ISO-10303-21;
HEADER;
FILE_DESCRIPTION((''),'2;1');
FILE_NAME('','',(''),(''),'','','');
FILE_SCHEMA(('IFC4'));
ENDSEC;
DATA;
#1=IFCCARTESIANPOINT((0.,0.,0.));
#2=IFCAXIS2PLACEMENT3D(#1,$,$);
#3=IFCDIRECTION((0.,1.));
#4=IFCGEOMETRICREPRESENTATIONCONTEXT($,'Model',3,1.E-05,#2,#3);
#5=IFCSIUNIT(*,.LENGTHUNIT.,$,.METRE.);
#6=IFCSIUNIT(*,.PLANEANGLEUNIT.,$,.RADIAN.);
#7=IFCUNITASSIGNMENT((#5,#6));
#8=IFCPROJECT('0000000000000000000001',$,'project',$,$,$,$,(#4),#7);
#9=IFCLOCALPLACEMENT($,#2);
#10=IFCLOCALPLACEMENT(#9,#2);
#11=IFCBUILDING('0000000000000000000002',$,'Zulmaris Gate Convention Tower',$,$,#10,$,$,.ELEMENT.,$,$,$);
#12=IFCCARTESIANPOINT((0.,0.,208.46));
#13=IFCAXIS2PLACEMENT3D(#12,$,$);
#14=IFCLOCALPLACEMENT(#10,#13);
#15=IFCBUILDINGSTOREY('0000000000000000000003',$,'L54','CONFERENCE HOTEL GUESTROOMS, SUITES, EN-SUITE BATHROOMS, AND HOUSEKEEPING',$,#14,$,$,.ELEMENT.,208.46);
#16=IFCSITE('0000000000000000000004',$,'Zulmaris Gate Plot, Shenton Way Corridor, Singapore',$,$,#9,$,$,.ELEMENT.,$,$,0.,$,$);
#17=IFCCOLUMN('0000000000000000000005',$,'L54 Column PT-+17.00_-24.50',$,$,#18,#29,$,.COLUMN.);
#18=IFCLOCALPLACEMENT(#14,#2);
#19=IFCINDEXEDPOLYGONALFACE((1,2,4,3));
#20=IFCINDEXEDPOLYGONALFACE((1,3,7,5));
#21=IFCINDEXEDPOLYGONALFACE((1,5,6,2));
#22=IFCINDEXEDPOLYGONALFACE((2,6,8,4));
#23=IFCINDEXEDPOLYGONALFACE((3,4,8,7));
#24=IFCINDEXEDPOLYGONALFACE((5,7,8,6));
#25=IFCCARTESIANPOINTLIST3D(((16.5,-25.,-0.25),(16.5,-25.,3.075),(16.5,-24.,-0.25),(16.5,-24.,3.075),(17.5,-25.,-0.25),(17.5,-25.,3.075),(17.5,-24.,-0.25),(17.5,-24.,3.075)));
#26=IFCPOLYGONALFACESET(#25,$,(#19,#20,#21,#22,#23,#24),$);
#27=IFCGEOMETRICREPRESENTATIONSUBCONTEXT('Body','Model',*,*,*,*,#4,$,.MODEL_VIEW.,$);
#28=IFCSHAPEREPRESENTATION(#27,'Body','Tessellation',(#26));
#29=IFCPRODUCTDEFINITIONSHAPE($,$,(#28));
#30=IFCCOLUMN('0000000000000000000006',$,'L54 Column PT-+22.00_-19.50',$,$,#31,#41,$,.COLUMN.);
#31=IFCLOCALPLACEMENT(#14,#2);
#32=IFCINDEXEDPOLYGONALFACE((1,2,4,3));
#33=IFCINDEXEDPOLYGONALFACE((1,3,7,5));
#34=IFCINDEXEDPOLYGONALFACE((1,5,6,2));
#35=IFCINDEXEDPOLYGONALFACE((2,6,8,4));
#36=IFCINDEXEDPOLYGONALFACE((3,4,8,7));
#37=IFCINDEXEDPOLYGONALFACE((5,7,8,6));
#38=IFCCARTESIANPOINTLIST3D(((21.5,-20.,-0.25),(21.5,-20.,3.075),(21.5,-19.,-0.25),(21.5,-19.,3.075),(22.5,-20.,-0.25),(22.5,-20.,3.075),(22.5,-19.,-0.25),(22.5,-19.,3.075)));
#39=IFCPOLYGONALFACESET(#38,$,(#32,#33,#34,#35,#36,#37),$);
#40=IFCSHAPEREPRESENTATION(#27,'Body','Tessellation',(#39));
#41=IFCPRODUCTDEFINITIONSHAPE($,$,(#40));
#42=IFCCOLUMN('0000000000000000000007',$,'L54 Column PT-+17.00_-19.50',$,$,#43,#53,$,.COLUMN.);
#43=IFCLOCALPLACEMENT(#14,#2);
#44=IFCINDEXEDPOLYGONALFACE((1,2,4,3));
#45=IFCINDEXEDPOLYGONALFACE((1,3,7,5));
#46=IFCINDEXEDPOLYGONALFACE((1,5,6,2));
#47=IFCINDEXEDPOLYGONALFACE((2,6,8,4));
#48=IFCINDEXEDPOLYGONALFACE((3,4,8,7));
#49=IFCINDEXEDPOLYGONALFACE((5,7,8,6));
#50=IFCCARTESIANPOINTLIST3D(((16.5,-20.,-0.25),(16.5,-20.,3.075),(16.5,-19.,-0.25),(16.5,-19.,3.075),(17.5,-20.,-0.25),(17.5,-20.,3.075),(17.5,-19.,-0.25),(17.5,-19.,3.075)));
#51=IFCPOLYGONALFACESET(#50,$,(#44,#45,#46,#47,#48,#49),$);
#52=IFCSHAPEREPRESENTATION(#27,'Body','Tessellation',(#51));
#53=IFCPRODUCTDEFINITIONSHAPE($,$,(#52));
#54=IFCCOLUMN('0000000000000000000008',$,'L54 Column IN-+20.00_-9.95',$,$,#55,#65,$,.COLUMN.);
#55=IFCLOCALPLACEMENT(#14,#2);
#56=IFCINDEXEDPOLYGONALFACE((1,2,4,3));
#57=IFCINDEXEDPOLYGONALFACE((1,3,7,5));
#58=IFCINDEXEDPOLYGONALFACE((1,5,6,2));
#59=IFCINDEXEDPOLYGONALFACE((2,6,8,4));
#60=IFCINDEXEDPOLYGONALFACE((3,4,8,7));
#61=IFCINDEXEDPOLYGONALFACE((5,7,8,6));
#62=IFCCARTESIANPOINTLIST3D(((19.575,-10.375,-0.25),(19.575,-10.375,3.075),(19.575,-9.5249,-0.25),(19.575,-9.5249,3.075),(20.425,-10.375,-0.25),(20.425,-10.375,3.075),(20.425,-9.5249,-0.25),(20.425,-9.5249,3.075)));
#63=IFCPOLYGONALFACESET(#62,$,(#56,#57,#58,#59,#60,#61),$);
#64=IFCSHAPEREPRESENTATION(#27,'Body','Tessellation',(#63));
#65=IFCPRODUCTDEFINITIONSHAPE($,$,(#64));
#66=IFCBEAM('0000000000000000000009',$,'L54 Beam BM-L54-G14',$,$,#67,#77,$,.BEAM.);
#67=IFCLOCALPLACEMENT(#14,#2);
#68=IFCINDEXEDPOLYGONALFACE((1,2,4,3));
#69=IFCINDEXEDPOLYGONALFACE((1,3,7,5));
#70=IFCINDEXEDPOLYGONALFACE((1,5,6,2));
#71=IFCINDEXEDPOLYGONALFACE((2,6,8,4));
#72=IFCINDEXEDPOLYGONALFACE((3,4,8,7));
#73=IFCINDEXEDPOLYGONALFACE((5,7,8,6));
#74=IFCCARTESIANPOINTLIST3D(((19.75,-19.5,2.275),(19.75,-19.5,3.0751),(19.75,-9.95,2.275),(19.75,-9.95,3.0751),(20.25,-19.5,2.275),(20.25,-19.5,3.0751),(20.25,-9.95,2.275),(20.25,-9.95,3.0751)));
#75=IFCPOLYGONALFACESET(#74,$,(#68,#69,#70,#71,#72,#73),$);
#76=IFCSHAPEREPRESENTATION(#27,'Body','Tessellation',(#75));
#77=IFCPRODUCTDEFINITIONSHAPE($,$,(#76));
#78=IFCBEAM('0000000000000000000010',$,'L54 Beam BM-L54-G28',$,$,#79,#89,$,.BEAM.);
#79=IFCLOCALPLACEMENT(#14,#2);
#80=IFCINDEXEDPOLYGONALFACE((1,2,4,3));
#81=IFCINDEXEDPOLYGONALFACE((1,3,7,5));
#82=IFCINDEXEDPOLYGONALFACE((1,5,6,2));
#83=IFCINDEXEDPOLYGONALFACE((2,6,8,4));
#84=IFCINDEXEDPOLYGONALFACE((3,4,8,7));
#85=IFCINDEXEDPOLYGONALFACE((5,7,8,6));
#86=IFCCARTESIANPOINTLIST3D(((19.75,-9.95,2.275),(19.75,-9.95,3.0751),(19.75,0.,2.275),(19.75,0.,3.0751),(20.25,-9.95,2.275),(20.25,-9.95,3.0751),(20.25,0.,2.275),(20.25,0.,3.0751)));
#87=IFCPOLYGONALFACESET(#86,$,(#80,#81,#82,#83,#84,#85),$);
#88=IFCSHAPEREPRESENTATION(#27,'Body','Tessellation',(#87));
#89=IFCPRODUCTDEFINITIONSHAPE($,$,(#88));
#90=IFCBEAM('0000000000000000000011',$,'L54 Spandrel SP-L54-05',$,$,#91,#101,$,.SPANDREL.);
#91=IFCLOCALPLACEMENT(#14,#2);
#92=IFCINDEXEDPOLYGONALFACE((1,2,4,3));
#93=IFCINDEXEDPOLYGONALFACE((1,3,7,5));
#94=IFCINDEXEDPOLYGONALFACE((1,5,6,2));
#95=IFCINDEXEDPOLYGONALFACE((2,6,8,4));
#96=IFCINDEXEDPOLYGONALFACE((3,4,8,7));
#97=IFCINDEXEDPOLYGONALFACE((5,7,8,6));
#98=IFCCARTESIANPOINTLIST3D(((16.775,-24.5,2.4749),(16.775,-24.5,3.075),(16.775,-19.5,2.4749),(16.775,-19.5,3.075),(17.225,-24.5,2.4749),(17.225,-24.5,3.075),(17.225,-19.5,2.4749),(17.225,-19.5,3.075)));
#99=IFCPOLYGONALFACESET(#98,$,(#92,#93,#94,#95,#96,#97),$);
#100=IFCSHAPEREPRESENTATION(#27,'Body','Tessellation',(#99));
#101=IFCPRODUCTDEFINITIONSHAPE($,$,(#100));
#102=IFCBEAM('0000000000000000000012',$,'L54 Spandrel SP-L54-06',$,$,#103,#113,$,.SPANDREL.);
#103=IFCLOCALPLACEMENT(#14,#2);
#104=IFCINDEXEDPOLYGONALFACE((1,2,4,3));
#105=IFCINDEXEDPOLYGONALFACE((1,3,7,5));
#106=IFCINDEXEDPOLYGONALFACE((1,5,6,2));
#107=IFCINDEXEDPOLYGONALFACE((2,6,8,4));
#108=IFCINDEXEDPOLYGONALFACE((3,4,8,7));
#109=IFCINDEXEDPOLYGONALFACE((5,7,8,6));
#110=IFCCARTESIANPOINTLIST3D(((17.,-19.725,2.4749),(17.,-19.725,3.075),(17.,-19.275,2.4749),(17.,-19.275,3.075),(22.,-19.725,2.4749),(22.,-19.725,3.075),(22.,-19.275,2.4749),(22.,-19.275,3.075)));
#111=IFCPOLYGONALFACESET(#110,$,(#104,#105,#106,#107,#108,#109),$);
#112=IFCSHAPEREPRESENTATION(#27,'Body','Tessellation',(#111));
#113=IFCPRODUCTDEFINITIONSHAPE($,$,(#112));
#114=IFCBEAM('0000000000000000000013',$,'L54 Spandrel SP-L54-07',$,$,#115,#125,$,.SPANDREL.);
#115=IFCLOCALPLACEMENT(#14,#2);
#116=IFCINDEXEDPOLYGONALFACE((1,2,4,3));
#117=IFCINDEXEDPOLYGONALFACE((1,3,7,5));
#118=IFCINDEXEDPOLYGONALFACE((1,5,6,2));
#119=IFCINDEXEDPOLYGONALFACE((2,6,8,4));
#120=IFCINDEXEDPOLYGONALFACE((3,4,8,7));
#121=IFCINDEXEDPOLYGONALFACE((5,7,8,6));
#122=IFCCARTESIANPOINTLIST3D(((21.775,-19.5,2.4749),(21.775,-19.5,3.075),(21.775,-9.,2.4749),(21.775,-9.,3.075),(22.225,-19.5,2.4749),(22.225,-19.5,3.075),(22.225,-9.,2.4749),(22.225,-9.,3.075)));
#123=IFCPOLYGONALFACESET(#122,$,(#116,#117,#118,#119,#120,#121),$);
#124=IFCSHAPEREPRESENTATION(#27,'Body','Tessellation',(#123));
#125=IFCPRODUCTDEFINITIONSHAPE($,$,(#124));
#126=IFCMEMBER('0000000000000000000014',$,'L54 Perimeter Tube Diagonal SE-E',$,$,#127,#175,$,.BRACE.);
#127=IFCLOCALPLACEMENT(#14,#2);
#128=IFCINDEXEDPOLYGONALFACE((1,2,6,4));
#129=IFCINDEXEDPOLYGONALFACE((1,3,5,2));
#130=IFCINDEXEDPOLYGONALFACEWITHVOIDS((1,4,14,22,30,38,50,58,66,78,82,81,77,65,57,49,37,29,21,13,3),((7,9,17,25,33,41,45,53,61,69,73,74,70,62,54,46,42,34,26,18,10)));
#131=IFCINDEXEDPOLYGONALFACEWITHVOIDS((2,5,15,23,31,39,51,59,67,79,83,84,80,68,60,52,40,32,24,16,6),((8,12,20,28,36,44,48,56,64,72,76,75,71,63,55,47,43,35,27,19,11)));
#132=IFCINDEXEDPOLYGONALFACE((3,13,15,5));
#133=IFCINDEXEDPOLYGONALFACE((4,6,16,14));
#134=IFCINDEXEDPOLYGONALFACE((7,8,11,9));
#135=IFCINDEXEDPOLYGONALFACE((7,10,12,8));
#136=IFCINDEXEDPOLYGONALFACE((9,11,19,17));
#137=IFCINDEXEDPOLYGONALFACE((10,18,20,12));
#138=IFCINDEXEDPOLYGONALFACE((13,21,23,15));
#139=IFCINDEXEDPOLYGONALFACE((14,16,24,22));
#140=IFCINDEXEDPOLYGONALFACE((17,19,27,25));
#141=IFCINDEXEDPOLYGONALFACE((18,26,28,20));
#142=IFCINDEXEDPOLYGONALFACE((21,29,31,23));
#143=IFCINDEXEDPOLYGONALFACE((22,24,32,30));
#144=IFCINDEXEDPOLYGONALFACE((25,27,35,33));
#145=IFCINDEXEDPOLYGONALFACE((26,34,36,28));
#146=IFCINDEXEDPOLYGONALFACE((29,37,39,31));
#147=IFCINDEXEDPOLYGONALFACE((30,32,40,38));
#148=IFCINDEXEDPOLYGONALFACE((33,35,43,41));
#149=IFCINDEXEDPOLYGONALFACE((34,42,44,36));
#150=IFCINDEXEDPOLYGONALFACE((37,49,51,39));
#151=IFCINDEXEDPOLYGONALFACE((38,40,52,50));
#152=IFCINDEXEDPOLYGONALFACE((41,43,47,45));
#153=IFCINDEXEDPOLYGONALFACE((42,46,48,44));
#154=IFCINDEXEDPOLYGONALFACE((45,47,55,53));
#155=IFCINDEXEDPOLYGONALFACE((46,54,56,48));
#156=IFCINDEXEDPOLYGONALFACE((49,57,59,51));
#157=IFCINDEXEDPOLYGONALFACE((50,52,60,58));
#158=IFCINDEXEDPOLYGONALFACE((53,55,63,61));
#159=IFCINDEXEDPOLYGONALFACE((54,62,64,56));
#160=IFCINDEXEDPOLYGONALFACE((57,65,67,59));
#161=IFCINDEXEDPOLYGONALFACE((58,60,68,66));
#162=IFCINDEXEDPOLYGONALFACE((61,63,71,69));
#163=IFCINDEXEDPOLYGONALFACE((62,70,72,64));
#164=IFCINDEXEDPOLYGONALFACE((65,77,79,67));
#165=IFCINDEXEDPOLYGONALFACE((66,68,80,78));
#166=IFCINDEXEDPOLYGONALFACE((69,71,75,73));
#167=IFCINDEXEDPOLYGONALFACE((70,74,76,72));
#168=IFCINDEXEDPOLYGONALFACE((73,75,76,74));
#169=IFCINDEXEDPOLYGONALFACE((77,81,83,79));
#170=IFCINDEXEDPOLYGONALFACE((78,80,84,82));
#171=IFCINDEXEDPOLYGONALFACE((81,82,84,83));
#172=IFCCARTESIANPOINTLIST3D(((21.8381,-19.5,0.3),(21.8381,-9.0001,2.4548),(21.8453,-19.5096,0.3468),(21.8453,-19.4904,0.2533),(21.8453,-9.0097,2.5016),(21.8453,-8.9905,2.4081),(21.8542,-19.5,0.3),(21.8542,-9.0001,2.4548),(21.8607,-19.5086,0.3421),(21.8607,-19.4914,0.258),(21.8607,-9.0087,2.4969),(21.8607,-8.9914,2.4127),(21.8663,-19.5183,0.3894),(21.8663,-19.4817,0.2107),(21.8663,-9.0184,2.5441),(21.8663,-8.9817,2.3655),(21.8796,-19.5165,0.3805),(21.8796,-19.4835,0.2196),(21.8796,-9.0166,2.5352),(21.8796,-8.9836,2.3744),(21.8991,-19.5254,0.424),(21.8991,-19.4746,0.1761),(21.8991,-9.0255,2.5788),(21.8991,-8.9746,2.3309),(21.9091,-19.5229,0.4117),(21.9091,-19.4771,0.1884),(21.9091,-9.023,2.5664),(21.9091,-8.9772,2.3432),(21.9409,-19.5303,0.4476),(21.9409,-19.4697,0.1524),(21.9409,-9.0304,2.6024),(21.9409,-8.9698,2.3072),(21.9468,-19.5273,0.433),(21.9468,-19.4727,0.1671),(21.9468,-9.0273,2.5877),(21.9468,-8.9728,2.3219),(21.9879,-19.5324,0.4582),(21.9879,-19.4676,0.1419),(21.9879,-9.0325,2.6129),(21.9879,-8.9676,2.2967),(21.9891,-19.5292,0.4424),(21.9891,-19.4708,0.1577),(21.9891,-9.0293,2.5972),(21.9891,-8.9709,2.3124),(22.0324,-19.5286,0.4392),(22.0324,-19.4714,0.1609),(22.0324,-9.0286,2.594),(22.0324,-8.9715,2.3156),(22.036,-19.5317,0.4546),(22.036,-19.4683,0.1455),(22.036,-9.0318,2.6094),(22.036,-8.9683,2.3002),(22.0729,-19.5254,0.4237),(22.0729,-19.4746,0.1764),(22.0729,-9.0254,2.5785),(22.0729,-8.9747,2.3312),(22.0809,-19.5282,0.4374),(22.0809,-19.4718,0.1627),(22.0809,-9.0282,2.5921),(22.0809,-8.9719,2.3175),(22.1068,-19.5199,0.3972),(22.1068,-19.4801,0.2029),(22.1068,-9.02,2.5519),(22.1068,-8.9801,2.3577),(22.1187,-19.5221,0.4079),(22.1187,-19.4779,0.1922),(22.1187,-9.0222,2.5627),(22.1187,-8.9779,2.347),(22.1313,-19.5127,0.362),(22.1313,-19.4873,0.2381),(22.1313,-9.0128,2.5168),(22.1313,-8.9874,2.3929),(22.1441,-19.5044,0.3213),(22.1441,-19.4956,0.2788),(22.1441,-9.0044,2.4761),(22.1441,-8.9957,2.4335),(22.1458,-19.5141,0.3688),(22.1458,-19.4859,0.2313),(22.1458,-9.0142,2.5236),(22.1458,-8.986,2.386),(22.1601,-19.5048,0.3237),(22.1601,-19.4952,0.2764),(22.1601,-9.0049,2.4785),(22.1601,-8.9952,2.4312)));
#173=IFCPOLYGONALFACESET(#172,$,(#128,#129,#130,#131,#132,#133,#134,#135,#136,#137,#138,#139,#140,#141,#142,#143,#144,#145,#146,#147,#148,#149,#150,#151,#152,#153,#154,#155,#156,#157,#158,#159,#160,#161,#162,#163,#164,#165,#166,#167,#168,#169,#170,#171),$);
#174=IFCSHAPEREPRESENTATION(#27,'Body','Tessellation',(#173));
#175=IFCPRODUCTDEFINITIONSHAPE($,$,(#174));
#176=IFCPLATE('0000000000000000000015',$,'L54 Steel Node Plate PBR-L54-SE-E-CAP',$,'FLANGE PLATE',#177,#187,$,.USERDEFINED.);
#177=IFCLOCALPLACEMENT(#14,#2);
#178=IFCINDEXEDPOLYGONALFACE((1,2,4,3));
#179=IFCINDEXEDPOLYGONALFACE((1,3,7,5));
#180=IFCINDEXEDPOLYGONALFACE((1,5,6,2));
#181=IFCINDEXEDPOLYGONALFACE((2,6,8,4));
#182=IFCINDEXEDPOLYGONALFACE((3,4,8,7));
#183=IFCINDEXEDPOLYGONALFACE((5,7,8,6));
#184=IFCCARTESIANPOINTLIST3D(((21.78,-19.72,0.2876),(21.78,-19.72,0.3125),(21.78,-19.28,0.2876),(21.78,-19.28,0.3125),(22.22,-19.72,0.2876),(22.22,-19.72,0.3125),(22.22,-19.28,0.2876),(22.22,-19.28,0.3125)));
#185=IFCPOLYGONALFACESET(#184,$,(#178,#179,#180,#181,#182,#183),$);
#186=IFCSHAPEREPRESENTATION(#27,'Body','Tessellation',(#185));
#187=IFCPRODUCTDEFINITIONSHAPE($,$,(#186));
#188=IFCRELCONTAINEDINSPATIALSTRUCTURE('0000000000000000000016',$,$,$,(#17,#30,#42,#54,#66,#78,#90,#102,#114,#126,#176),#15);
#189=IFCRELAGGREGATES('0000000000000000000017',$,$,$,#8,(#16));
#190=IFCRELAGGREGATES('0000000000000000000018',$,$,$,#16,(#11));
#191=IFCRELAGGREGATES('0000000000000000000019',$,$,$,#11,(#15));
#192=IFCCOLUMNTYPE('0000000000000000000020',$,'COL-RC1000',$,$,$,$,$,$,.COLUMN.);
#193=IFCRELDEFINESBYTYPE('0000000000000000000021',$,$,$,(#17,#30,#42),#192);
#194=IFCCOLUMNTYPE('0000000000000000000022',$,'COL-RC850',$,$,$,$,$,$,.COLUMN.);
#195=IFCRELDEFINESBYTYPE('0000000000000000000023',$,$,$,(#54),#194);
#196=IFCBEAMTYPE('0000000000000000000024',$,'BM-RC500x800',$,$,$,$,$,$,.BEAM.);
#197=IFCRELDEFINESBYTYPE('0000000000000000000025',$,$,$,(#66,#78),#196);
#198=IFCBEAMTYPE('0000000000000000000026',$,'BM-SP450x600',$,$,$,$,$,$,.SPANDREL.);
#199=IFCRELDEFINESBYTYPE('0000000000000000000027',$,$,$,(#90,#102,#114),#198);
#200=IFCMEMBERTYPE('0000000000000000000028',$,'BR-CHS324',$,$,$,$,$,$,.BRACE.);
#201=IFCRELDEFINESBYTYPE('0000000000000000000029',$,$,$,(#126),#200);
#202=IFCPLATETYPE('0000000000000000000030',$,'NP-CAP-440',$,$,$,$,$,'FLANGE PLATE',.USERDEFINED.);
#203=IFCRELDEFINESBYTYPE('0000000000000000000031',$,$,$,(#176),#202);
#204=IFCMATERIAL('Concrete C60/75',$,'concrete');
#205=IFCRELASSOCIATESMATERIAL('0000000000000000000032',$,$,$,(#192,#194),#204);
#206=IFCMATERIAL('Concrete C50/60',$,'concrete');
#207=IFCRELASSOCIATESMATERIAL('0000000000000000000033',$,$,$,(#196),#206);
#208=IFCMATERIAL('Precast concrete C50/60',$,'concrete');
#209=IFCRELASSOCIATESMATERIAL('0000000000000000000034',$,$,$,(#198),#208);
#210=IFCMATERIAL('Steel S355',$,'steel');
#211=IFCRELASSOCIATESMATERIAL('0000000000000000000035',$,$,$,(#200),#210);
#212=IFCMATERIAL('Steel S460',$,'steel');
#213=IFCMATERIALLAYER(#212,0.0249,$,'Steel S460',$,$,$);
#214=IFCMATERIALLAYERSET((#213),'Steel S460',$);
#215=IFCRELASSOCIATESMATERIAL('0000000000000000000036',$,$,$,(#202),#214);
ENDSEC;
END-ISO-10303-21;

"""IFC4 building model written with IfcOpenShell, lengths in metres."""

from ifc_helpers import new_model, si_unit, direction, frame, origin, origin_2d, place, context, subcontext, project, spatial, rectangle, hollow_circle, extrude, material, layer, layer_set, material_profile, profile_set, type_object, element, save


model = new_model("IFC4")

# Units and contexts
model_context = context("Model", 3, precision=1e-05, world=origin(), true_north=direction((0.0, 1.0)))
body_context = subcontext(model_context, "Body", "Model", "MODEL_VIEW")
ifc_project = project(units=[si_unit("LENGTHUNIT", "METRE"), si_unit("PLANEANGLEUNIT", "RADIAN")], contexts=[model_context])

# Site, building, storey
site_placement = place(None, origin())
site = spatial("IfcSite", under=ifc_project, at=site_placement, Name="Zulmaris Gate Plot, Shenton Way Corridor, Singapore", CompositionType="ELEMENT", RefElevation=0.0)
building_placement = place(site_placement, origin())
building = spatial("IfcBuilding", under=site, at=building_placement, Name="Zulmaris Gate Convention Tower", CompositionType="ELEMENT")
storey_placement = place(building_placement, frame((0.0, 0.0, 208.46)))
storey = spatial("IfcBuildingStorey", under=building, at=storey_placement, Name="L54", Description="CONFERENCE HOTEL GUESTROOMS, SUITES, EN-SUITE BATHROOMS, AND HOUSEKEEPING", CompositionType="ELEMENT", Elevation=208.46)

# Columns
ifc_material_1 = material(Name="Concrete C60/75", Category="concrete")
ifc_material_profile_1 = material_profile(ifc_material_1, rectangle(XDim=1.0, YDim=1.0, at=origin_2d()), Name="RC COL 1000x1000")
ifc_profile_set_1 = profile_set([ifc_material_profile_1], Name="Concrete C60/75")
column_type_1 = type_object("IfcColumnType", Name="COL-RC1000", PredefinedType="COLUMN", material=ifc_profile_set_1)
for number, where, z_axis, x_axis, name in (
    (1, (17.0, -24.5, -0.25), (0.0, 0.0, 1.0), (1.0, 0.0, 0.0), "L54 Column PT-+17.00_-24.50"),
    (2, (22.0, -19.5, -0.25), (0.0, 0.0, 1.0), (1.0, 0.0, 0.0), "L54 Column PT-+22.00_-19.50"),
    (3, (17.0, -19.5, -0.25), (0.0, 0.0, 1.0), (1.0, 0.0, 0.0), "L54 Column PT-+17.00_-19.50"),
):
    element("IfcColumn", number, at=place(storey_placement, frame(where, z_axis=z_axis, x_axis=x_axis)), inside=storey, type_object=column_type_1, Name=name, PredefinedType="COLUMN", context=body_context, shape_type="SweptSolid", body=[
        extrude(rectangle(XDim=1.0, YDim=1.0, at=origin_2d()), origin(), (0.0, 0.0, 1.0), 3.325),
    ])
ifc_material_profile_2 = material_profile(ifc_material_1, rectangle(XDim=0.8501, YDim=0.8501, at=origin_2d()), Name="RC COL 850x850")
ifc_profile_set_2 = profile_set([ifc_material_profile_2], Name="Concrete C60/75")
column_type_2 = type_object("IfcColumnType", Name="COL-RC850", PredefinedType="COLUMN", material=ifc_profile_set_2)
column_placement = place(storey_placement, frame((20.0, -9.95, -0.25), z_axis=(0.0, 0.0, 1.0), x_axis=(1.0, 0.0, 0.0)))
element("IfcColumn", 4, at=column_placement, inside=storey, type_object=column_type_2, Name="L54 Column IN-+20.00_-9.95", PredefinedType="COLUMN", context=body_context, shape_type="SweptSolid", body=[
    extrude(rectangle(XDim=0.8501, YDim=0.8501, at=origin_2d()), origin(), (0.0, 0.0, 1.0), 3.325),
])

# Beams
ifc_material_2 = material(Name="Concrete C50/60", Category="concrete")
ifc_material_profile_3 = material_profile(ifc_material_2, rectangle(XDim=0.5, YDim=0.8, at=origin_2d()), Name="RC BEAM 500x800")
ifc_profile_set_3 = profile_set([ifc_material_profile_3], Name="Concrete C50/60")
beam_type_1 = type_object("IfcBeamType", Name="BM-RC500x800", PredefinedType="BEAM", material=ifc_profile_set_3)
beam_1_placement = place(storey_placement, frame((20.0, -19.5, 2.675), z_axis=(0.0, 1.0, 0.0), x_axis=(-1.0, 0.0, 0.0)))
element("IfcBeam", 5, at=beam_1_placement, inside=storey, type_object=beam_type_1, Name="L54 Beam BM-L54-G14", PredefinedType="BEAM", context=body_context, shape_type="SweptSolid", body=[
    extrude(rectangle(XDim=0.5, YDim=0.8, at=origin_2d()), origin(), (0.0, 0.0, 1.0), 9.55),
])
beam_2_placement = place(storey_placement, frame((20.0, -9.95, 2.675), z_axis=(0.0, 1.0, 0.0), x_axis=(-1.0, 0.0, 0.0)))
element("IfcBeam", 6, at=beam_2_placement, inside=storey, type_object=beam_type_1, Name="L54 Beam BM-L54-G28", PredefinedType="BEAM", context=body_context, shape_type="SweptSolid", body=[
    extrude(rectangle(XDim=0.5, YDim=0.8, at=origin_2d()), origin(), (0.0, 0.0, 1.0), 9.95),
])
ifc_material_3 = material(Name="Precast concrete C50/60", Category="concrete")
ifc_material_profile_4 = material_profile(ifc_material_3, rectangle(XDim=0.45, YDim=0.6001, at=origin_2d()), Name="RC SPANDREL 450x600")
ifc_profile_set_4 = profile_set([ifc_material_profile_4], Name="Precast concrete C50/60")
beam_type_2 = type_object("IfcBeamType", Name="BM-SP450x600", PredefinedType="SPANDREL", material=ifc_profile_set_4)
for number, where, z_axis, x_axis, name in (
    (7, (17.0, -24.5, 2.7749), (0.0, 1.0, 0.0), (-1.0, 0.0, 0.0), "L54 Spandrel SP-L54-05"),
    (8, (17.0, -19.5, 2.7749), (1.0, 0.0, 0.0), (0.0, 1.0, 0.0), "L54 Spandrel SP-L54-06"),
):
    element("IfcBeam", number, at=place(storey_placement, frame(where, z_axis=z_axis, x_axis=x_axis)), inside=storey, type_object=beam_type_2, Name=name, PredefinedType="SPANDREL", context=body_context, shape_type="SweptSolid", body=[
        extrude(rectangle(XDim=0.45, YDim=0.6001, at=origin_2d()), origin(), (0.0, 0.0, 1.0), 5.0),
    ])
beam_3_placement = place(storey_placement, frame((22.0, -19.5, 2.7749), z_axis=(0.0, 1.0, 0.0), x_axis=(-1.0, 0.0, 0.0)))
element("IfcBeam", 9, at=beam_3_placement, inside=storey, type_object=beam_type_2, Name="L54 Spandrel SP-L54-07", PredefinedType="SPANDREL", context=body_context, shape_type="SweptSolid", body=[
    extrude(rectangle(XDim=0.45, YDim=0.6001, at=origin_2d()), origin(), (0.0, 0.0, 1.0), 10.5),
])

# Member
ifc_material_4 = material(Name="Steel S355", Category="steel")
ifc_material_profile_5 = material_profile(ifc_material_4, hollow_circle(Radius=0.1619, WallThickness=0.0161, at=origin_2d()), Name="CHS 323.9x16")
ifc_profile_set_5 = profile_set([ifc_material_profile_5], Name="Steel S355")
member_type = type_object("IfcMemberType", Name="BR-CHS324", PredefinedType="BRACE", material=ifc_profile_set_5)
member_placement = place(storey_placement, frame((22.0, -19.5, 0.3), z_axis=(0.0, 0.979585, 0.201028), x_axis=(-1.0, 0.0, 0.0)))
element("IfcMember", 10, at=member_placement, inside=storey, type_object=member_type, Name="L54 Perimeter Tube Diagonal SE-E", PredefinedType="BRACE", context=body_context, shape_type="SweptSolid", body=[
    extrude(hollow_circle(Radius=0.1619, WallThickness=0.0161, at=origin_2d()), origin(), (0.0, 0.0, 1.0), 10.7188),
])

# Plate
ifc_material_5 = material(Name="Steel S460", Category="steel")
ifc_layer_1 = layer(ifc_material_5, 0.0249, Name="Steel S460")
ifc_layer_set_1 = layer_set([ifc_layer_1], Name="Steel S460")
plate_type = type_object("IfcPlateType", Name="NP-CAP-440", ElementType="FLANGE PLATE", PredefinedType="USERDEFINED", material=ifc_layer_set_1)
plate_placement = place(storey_placement, frame((22.0, -19.5, 0.2876), z_axis=(0.0, 0.0, 1.0), x_axis=(1.0, 0.0, 0.0)))
element("IfcPlate", 11, at=plate_placement, inside=storey, type_object=plate_type, Name="L54 Steel Node Plate PBR-L54-SE-E-CAP", ObjectType="FLANGE PLATE", PredefinedType="USERDEFINED", context=body_context, shape_type="SweptSolid", body=[
    extrude(rectangle(XDim=0.4399, YDim=0.4399, at=origin_2d()), origin(), (0.0, 0.0, 1.0), 0.0249),
])

save(model, "model.ifc")
